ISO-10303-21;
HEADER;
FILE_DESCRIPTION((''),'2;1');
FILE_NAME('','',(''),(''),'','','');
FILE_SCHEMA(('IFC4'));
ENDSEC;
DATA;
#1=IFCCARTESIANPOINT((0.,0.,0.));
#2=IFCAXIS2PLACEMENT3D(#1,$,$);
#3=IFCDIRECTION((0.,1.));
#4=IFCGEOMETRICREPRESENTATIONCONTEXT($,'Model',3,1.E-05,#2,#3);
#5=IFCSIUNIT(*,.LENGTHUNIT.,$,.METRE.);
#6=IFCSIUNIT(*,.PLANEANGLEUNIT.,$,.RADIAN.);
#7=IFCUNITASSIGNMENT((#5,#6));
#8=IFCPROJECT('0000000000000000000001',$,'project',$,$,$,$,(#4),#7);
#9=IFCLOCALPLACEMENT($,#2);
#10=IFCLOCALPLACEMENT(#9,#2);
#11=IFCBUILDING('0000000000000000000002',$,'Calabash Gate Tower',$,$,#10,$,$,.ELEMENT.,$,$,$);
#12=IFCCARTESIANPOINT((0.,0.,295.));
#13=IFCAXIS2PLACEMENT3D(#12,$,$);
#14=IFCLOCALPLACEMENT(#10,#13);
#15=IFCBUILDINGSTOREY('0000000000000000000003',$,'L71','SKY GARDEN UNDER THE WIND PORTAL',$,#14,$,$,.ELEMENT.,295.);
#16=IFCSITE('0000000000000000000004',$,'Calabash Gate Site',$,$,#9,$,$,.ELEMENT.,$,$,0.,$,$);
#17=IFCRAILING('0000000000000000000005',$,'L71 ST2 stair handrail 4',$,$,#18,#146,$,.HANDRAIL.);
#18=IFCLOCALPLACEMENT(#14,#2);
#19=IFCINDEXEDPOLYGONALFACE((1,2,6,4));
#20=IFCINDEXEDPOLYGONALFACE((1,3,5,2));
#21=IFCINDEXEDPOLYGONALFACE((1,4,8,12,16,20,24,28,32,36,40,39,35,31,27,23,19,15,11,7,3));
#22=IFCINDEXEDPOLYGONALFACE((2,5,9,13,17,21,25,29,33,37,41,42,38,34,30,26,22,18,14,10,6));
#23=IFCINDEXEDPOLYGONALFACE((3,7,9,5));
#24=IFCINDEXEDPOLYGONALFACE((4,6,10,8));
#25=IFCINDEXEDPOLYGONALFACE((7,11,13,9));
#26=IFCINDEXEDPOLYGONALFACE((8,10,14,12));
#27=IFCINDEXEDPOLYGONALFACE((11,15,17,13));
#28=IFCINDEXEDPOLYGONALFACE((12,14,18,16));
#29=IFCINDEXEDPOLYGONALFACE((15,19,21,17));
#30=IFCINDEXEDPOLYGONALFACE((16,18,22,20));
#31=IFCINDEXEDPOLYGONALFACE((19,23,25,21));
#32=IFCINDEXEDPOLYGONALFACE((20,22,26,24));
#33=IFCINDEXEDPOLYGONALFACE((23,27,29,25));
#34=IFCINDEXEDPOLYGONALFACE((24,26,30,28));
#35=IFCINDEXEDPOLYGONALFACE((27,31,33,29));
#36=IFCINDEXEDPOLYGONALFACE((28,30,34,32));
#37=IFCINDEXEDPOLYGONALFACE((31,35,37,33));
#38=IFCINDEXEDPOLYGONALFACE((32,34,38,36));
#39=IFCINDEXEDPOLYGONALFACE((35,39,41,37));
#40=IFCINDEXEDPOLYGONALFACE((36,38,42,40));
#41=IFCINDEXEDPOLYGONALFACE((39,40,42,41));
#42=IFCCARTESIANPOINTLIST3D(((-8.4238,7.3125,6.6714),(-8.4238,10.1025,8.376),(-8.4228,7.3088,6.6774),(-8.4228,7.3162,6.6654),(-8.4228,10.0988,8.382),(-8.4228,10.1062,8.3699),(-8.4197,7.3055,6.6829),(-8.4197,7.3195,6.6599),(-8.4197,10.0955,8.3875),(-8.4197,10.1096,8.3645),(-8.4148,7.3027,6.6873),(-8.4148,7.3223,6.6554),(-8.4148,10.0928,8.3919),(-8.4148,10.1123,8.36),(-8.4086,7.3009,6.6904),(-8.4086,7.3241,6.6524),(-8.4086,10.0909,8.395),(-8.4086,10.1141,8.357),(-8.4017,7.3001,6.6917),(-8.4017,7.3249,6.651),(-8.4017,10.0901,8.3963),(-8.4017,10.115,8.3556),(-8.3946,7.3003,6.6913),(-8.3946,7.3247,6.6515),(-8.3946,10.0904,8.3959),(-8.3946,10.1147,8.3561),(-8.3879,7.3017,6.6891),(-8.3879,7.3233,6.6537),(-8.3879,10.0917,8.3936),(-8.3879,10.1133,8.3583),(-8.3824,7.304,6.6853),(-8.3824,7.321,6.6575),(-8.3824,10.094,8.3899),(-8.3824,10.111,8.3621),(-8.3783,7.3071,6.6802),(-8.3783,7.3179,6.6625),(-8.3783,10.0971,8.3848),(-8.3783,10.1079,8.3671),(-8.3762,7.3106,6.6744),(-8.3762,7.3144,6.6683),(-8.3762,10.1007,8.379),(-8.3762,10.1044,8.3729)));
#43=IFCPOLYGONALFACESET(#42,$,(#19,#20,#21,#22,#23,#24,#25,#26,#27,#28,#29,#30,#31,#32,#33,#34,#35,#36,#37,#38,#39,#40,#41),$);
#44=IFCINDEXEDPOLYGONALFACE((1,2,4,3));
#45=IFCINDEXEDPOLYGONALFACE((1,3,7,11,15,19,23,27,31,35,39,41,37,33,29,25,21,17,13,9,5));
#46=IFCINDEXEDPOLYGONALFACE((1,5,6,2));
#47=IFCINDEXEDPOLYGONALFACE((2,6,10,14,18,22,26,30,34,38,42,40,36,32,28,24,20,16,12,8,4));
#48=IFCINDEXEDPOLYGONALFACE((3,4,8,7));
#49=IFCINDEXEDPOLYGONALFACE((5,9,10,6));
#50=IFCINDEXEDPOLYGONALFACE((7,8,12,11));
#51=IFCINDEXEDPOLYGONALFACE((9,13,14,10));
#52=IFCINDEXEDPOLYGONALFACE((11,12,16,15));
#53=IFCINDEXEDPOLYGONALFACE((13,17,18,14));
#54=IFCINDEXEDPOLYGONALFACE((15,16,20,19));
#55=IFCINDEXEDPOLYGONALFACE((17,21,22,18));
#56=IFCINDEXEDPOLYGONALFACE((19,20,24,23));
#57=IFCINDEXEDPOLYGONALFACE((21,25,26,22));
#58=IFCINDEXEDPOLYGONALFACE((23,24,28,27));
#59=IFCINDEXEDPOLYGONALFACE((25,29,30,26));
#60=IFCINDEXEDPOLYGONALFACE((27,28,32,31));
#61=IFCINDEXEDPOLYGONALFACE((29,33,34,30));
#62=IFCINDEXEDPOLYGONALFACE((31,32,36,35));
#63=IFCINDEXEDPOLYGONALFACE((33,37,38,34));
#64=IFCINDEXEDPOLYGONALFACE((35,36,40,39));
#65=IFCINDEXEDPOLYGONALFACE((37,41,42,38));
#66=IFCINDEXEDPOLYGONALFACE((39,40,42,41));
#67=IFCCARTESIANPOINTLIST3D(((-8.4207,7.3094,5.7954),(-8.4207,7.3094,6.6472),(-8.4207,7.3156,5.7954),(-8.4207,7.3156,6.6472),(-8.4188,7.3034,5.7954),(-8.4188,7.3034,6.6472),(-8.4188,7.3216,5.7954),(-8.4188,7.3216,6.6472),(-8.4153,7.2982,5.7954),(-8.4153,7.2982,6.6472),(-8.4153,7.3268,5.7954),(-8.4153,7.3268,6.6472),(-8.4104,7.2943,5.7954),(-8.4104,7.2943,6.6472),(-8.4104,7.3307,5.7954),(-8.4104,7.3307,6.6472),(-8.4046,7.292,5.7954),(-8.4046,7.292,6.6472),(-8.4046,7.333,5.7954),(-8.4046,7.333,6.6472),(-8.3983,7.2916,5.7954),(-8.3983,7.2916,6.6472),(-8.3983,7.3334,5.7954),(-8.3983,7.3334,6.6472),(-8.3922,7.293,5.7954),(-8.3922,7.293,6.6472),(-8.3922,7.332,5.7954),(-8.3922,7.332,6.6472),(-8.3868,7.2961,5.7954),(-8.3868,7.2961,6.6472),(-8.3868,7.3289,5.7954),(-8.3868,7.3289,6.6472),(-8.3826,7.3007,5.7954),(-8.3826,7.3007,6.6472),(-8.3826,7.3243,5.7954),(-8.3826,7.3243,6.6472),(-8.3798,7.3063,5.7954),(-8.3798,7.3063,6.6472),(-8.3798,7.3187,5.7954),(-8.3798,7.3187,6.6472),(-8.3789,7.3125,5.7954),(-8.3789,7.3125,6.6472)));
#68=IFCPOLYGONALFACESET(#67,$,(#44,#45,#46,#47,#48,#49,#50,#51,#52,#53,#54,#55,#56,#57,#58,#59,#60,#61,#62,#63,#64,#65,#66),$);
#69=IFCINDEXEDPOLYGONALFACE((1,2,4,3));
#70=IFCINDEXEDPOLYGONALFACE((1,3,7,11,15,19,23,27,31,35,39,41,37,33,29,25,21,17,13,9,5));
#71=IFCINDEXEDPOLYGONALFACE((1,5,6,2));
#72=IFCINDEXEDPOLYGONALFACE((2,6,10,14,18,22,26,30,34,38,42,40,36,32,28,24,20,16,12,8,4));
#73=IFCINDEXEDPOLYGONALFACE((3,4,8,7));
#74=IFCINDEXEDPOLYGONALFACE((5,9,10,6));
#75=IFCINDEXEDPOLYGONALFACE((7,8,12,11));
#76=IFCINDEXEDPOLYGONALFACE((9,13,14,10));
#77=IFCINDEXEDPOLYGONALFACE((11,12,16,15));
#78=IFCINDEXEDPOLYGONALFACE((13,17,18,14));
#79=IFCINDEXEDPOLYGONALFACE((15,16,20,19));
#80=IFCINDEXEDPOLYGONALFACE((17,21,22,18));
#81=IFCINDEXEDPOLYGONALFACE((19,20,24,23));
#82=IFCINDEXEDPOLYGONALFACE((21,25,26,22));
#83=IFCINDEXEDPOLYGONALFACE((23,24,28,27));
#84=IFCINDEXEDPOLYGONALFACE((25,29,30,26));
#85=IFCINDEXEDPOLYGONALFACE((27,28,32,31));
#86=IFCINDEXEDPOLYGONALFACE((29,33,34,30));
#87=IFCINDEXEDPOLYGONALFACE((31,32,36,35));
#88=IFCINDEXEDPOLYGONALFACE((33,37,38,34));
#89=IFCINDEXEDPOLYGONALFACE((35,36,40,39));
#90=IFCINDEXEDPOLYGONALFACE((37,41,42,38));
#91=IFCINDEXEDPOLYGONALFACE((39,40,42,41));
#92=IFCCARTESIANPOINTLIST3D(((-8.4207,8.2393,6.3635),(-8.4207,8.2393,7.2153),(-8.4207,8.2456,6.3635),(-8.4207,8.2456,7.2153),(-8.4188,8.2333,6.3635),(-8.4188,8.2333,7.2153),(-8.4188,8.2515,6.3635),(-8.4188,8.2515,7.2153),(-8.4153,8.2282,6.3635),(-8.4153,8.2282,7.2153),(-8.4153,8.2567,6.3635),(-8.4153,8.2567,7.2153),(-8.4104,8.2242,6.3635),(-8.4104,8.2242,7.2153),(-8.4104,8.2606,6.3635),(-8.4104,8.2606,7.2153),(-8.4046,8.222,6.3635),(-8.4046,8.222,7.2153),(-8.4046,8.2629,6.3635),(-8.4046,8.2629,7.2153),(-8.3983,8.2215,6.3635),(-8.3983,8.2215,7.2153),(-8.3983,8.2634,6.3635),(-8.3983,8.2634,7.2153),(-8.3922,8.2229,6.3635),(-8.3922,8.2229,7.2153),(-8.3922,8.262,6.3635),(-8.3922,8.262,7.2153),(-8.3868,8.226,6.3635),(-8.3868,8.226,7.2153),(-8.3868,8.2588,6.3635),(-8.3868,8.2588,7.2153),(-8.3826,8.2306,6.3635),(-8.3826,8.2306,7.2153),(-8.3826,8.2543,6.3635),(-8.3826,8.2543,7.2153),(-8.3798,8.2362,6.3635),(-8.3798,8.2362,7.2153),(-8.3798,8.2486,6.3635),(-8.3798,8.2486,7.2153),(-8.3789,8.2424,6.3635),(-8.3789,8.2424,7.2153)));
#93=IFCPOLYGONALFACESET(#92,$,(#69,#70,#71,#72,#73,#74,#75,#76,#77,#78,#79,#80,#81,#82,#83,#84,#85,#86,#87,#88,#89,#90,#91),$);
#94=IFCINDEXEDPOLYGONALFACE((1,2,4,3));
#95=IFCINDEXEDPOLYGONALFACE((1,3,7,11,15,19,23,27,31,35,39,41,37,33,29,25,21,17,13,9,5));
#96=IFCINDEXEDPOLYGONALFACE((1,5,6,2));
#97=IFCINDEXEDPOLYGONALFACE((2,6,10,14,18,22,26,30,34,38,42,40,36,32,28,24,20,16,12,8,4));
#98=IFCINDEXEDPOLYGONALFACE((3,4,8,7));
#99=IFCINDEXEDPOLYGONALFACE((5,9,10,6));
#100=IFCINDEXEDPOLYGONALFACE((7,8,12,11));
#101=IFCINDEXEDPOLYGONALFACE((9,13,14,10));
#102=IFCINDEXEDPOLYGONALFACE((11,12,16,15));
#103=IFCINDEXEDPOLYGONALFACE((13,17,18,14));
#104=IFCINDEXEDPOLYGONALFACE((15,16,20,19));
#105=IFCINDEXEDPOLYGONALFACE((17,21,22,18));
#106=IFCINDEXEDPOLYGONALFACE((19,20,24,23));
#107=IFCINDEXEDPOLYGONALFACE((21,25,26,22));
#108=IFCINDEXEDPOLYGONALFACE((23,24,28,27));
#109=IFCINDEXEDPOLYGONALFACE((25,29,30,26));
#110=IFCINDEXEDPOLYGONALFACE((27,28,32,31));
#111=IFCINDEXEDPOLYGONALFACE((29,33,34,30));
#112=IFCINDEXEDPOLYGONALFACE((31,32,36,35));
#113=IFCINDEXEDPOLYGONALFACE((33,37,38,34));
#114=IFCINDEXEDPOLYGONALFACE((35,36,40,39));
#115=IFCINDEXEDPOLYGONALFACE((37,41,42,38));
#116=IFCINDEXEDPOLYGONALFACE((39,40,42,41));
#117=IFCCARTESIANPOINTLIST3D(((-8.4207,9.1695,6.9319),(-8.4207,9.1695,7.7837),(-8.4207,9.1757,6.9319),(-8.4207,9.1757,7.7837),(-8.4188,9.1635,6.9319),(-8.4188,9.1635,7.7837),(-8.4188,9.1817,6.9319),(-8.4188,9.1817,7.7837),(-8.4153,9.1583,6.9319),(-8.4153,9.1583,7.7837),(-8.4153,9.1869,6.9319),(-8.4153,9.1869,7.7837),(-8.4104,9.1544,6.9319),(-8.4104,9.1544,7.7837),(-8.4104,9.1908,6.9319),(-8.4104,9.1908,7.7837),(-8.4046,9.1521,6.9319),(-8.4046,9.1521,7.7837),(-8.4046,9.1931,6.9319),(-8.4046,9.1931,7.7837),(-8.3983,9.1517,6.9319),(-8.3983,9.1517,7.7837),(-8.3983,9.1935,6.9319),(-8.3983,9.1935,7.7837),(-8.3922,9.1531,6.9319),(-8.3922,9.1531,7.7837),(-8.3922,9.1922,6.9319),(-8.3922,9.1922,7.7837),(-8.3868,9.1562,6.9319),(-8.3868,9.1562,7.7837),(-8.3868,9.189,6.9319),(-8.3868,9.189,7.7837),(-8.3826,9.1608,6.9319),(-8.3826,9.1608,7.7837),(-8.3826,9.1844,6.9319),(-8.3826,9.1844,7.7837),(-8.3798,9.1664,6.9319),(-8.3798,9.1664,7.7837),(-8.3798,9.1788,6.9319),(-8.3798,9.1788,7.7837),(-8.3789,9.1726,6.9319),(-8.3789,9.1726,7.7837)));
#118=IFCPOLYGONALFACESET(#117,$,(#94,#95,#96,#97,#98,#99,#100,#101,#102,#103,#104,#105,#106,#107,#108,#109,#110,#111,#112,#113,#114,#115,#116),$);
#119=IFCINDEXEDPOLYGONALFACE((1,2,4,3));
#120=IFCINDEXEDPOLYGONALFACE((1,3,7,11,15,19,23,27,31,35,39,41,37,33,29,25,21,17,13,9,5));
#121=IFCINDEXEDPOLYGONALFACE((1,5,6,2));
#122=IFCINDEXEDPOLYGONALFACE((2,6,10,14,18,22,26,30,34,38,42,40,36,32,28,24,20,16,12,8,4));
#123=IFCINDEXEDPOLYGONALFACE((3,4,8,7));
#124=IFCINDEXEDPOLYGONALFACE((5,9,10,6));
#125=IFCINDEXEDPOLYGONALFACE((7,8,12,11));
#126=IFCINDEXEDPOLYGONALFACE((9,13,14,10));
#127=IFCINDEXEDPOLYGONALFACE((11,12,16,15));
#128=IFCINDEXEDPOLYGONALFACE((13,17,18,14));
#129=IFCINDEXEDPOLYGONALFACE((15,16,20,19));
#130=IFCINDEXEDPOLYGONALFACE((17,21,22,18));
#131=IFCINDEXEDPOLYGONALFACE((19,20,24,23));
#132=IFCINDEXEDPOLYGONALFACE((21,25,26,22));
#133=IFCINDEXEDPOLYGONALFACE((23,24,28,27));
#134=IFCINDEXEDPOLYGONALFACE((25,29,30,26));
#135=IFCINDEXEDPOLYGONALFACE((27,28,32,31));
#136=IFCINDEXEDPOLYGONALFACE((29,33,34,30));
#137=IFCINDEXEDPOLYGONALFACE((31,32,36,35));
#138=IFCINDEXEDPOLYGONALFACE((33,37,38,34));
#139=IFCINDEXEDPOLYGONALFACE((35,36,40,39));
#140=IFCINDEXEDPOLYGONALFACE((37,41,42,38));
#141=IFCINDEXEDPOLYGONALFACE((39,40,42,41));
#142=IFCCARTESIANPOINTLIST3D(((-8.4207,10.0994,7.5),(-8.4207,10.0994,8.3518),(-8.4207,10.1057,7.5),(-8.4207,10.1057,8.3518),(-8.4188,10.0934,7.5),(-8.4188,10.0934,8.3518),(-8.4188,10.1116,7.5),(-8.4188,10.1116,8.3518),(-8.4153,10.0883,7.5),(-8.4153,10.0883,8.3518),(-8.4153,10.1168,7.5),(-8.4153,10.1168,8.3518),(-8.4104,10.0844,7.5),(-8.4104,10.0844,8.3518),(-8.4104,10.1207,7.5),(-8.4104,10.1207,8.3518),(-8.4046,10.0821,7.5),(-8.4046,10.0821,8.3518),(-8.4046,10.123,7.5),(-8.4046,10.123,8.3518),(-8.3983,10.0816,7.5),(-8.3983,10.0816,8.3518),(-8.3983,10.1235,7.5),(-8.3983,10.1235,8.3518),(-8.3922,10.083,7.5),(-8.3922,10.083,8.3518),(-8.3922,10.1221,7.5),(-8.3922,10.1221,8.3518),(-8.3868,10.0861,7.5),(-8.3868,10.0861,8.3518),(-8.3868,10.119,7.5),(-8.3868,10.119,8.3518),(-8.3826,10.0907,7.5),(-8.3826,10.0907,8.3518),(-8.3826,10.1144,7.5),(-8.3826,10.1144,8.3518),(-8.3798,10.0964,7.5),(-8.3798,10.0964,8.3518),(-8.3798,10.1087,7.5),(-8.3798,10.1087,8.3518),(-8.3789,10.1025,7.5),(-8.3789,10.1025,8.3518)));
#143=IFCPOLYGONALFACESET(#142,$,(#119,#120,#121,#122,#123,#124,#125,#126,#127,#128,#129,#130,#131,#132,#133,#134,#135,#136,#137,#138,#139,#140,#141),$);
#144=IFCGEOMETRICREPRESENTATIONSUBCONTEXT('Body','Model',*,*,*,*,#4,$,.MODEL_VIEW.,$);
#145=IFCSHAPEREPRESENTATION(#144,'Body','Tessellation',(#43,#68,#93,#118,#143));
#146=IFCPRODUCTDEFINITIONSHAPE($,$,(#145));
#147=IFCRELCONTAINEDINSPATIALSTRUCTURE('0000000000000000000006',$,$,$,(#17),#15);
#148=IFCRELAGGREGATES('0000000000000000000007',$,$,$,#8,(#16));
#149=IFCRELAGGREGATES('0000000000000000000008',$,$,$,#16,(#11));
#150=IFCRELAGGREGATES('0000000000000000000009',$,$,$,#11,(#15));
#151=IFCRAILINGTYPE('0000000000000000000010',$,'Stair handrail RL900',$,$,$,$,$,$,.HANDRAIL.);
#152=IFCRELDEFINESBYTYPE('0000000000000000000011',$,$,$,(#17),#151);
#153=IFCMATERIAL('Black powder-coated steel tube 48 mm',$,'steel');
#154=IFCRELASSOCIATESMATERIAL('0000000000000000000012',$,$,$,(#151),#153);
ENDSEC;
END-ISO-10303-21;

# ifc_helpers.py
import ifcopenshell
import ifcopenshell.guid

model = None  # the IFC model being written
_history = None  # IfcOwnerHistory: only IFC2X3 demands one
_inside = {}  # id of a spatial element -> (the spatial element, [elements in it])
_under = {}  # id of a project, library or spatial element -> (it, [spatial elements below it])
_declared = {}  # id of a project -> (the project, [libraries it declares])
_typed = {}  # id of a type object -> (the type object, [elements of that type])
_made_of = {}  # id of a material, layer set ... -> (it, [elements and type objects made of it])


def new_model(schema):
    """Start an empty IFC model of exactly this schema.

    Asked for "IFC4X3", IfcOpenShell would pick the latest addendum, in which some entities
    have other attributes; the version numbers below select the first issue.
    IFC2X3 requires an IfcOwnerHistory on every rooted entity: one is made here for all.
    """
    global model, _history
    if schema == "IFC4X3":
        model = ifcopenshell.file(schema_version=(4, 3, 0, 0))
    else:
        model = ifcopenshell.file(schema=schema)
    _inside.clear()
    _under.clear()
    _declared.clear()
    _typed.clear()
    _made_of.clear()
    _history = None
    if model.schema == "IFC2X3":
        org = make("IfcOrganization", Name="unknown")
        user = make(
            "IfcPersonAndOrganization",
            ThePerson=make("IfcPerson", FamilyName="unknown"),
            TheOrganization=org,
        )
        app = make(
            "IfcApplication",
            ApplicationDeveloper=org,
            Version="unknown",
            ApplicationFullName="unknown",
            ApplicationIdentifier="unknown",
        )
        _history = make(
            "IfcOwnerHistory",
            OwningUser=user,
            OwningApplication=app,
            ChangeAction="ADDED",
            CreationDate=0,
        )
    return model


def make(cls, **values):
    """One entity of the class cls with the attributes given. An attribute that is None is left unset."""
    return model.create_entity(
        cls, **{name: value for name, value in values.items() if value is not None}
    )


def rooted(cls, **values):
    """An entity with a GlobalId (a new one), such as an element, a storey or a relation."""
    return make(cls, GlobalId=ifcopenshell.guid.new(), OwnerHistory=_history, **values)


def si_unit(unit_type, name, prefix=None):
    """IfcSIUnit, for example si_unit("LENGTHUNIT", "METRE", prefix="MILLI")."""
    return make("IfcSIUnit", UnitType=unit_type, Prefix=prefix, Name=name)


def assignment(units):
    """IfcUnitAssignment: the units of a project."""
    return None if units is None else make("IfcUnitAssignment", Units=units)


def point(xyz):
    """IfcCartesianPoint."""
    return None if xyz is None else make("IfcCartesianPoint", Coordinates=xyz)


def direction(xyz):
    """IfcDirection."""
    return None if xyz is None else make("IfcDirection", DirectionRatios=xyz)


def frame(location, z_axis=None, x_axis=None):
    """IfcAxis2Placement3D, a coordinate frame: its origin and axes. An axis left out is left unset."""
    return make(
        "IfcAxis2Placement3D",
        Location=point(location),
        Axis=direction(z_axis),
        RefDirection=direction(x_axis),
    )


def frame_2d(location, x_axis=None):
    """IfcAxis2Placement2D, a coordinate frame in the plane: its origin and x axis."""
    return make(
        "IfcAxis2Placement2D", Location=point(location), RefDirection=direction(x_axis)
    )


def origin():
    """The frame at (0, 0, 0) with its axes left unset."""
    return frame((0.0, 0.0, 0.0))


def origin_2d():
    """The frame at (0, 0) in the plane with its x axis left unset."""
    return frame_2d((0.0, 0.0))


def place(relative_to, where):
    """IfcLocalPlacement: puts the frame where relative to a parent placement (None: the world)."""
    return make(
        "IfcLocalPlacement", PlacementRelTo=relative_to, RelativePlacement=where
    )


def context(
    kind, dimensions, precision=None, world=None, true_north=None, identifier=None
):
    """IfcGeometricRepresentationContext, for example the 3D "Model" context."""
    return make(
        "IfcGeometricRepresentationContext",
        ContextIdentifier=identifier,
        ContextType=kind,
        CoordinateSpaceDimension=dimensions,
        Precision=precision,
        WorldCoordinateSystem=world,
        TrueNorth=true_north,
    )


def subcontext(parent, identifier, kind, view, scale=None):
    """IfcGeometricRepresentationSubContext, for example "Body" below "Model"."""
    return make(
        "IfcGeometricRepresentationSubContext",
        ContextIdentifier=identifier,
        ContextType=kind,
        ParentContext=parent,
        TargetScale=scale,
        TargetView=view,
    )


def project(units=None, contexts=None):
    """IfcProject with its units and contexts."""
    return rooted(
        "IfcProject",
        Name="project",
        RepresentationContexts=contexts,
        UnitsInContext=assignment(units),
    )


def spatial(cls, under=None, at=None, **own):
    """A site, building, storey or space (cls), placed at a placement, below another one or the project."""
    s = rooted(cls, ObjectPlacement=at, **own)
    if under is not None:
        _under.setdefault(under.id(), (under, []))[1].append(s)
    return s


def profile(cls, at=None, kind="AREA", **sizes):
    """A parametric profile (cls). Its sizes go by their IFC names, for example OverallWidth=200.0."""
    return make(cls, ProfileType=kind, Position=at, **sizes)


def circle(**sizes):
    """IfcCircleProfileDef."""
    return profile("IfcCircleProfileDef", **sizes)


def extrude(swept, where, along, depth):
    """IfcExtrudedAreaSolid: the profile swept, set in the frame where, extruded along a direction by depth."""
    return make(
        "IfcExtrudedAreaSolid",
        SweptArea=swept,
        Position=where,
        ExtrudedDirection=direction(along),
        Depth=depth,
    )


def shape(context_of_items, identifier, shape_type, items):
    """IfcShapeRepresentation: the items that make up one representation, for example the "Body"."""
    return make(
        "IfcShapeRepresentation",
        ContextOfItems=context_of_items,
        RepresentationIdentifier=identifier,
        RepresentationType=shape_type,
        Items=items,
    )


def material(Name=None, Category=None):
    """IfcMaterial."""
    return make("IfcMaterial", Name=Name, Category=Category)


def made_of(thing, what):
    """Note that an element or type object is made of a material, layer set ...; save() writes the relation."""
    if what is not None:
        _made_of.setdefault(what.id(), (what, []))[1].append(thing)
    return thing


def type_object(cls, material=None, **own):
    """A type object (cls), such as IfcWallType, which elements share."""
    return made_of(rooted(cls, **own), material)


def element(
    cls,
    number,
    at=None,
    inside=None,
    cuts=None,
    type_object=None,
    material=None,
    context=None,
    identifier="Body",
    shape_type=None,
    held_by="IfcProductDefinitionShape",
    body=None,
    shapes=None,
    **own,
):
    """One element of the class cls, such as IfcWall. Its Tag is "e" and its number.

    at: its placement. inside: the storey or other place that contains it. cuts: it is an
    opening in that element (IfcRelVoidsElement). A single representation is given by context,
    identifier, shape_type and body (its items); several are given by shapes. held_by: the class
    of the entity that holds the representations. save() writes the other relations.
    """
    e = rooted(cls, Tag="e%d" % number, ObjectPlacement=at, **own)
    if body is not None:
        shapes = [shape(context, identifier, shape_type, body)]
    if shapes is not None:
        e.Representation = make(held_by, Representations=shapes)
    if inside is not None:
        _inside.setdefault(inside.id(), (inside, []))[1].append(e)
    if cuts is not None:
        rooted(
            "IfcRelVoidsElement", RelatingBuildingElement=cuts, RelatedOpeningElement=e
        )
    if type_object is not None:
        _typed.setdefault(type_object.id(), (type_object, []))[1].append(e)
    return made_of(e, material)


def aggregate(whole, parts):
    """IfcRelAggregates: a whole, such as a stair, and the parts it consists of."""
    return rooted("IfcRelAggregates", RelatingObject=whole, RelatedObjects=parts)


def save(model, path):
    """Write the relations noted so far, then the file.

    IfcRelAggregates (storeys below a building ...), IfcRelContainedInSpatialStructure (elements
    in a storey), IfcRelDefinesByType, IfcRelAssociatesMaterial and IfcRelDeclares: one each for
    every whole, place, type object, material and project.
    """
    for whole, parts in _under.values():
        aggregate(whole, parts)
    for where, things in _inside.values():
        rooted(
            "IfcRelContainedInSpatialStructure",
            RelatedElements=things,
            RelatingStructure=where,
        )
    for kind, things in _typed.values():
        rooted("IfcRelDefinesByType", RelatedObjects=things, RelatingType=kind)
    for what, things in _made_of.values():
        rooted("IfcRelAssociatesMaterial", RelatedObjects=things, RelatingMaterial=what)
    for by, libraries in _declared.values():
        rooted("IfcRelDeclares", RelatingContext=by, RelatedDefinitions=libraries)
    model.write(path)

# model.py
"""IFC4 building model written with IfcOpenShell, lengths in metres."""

from ifc_helpers import new_model, si_unit, direction, frame, origin, origin_2d, place, context, subcontext, project, spatial, circle, extrude, material, type_object, element, save


model = new_model("IFC4")

# Units and contexts
model_context = context("Model", 3, precision=1e-05, world=origin(), true_north=direction((0.0, 1.0)))
body_context = subcontext(model_context, "Body", "Model", "MODEL_VIEW")
ifc_project = project(units=[si_unit("LENGTHUNIT", "METRE"), si_unit("PLANEANGLEUNIT", "RADIAN")], contexts=[model_context])

# Site, building, storey
site_placement = place(None, origin())
site = spatial("IfcSite", under=ifc_project, at=site_placement, Name="Calabash Gate Site", CompositionType="ELEMENT", RefElevation=0.0)
building_placement = place(site_placement, origin())
building = spatial("IfcBuilding", under=site, at=building_placement, Name="Calabash Gate Tower", CompositionType="ELEMENT")
storey_placement = place(building_placement, frame((0.0, 0.0, 295.0)))
storey = spatial("IfcBuildingStorey", under=building, at=storey_placement, Name="L71", Description="SKY GARDEN UNDER THE WIND PORTAL", CompositionType="ELEMENT", Elevation=295.0)

# Railing
ifc_material_1 = material(Name="Black powder-coated steel tube 48 mm", Category="steel")
railing_type_1 = type_object("IfcRailingType", Name="Stair handrail RL900", PredefinedType="HANDRAIL", material=ifc_material_1)
railing_1_placement = place(storey_placement, frame((-8.3999, 7.3125, 5.7954)))
element("IfcRailing", 1, at=railing_1_placement, inside=storey, type_object=railing_type_1, Name="L71 ST2 stair handrail 4", PredefinedType="HANDRAIL", context=body_context, shape_type="SweptSolid", body=[
    extrude(circle(Radius=0.0239, at=origin_2d()), frame((0.0, 0.0, 0.876), z_axis=(0.0, 0.853341, 0.521353), x_axis=(-1.0, 0.0, 0.0)), (0.0, 0.0, 1.0), 3.2695),
    extrude(circle(Radius=0.021, at=origin_2d()), origin(), (0.0, 0.0, 1.0), 0.8518),
    extrude(circle(Radius=0.021, at=origin_2d()), frame((0.0, 0.9299, 0.5681)), (0.0, 0.0, 1.0), 0.8518),
    extrude(circle(Radius=0.021, at=origin_2d()), frame((0.0, 1.8601, 1.1365)), (0.0, 0.0, 1.0), 0.8518),
    extrude(circle(Radius=0.021, at=origin_2d()), frame((0.0, 2.79, 1.7046)), (0.0, 0.0, 1.0), 0.8518),
])

save(model, "model.ifc")
